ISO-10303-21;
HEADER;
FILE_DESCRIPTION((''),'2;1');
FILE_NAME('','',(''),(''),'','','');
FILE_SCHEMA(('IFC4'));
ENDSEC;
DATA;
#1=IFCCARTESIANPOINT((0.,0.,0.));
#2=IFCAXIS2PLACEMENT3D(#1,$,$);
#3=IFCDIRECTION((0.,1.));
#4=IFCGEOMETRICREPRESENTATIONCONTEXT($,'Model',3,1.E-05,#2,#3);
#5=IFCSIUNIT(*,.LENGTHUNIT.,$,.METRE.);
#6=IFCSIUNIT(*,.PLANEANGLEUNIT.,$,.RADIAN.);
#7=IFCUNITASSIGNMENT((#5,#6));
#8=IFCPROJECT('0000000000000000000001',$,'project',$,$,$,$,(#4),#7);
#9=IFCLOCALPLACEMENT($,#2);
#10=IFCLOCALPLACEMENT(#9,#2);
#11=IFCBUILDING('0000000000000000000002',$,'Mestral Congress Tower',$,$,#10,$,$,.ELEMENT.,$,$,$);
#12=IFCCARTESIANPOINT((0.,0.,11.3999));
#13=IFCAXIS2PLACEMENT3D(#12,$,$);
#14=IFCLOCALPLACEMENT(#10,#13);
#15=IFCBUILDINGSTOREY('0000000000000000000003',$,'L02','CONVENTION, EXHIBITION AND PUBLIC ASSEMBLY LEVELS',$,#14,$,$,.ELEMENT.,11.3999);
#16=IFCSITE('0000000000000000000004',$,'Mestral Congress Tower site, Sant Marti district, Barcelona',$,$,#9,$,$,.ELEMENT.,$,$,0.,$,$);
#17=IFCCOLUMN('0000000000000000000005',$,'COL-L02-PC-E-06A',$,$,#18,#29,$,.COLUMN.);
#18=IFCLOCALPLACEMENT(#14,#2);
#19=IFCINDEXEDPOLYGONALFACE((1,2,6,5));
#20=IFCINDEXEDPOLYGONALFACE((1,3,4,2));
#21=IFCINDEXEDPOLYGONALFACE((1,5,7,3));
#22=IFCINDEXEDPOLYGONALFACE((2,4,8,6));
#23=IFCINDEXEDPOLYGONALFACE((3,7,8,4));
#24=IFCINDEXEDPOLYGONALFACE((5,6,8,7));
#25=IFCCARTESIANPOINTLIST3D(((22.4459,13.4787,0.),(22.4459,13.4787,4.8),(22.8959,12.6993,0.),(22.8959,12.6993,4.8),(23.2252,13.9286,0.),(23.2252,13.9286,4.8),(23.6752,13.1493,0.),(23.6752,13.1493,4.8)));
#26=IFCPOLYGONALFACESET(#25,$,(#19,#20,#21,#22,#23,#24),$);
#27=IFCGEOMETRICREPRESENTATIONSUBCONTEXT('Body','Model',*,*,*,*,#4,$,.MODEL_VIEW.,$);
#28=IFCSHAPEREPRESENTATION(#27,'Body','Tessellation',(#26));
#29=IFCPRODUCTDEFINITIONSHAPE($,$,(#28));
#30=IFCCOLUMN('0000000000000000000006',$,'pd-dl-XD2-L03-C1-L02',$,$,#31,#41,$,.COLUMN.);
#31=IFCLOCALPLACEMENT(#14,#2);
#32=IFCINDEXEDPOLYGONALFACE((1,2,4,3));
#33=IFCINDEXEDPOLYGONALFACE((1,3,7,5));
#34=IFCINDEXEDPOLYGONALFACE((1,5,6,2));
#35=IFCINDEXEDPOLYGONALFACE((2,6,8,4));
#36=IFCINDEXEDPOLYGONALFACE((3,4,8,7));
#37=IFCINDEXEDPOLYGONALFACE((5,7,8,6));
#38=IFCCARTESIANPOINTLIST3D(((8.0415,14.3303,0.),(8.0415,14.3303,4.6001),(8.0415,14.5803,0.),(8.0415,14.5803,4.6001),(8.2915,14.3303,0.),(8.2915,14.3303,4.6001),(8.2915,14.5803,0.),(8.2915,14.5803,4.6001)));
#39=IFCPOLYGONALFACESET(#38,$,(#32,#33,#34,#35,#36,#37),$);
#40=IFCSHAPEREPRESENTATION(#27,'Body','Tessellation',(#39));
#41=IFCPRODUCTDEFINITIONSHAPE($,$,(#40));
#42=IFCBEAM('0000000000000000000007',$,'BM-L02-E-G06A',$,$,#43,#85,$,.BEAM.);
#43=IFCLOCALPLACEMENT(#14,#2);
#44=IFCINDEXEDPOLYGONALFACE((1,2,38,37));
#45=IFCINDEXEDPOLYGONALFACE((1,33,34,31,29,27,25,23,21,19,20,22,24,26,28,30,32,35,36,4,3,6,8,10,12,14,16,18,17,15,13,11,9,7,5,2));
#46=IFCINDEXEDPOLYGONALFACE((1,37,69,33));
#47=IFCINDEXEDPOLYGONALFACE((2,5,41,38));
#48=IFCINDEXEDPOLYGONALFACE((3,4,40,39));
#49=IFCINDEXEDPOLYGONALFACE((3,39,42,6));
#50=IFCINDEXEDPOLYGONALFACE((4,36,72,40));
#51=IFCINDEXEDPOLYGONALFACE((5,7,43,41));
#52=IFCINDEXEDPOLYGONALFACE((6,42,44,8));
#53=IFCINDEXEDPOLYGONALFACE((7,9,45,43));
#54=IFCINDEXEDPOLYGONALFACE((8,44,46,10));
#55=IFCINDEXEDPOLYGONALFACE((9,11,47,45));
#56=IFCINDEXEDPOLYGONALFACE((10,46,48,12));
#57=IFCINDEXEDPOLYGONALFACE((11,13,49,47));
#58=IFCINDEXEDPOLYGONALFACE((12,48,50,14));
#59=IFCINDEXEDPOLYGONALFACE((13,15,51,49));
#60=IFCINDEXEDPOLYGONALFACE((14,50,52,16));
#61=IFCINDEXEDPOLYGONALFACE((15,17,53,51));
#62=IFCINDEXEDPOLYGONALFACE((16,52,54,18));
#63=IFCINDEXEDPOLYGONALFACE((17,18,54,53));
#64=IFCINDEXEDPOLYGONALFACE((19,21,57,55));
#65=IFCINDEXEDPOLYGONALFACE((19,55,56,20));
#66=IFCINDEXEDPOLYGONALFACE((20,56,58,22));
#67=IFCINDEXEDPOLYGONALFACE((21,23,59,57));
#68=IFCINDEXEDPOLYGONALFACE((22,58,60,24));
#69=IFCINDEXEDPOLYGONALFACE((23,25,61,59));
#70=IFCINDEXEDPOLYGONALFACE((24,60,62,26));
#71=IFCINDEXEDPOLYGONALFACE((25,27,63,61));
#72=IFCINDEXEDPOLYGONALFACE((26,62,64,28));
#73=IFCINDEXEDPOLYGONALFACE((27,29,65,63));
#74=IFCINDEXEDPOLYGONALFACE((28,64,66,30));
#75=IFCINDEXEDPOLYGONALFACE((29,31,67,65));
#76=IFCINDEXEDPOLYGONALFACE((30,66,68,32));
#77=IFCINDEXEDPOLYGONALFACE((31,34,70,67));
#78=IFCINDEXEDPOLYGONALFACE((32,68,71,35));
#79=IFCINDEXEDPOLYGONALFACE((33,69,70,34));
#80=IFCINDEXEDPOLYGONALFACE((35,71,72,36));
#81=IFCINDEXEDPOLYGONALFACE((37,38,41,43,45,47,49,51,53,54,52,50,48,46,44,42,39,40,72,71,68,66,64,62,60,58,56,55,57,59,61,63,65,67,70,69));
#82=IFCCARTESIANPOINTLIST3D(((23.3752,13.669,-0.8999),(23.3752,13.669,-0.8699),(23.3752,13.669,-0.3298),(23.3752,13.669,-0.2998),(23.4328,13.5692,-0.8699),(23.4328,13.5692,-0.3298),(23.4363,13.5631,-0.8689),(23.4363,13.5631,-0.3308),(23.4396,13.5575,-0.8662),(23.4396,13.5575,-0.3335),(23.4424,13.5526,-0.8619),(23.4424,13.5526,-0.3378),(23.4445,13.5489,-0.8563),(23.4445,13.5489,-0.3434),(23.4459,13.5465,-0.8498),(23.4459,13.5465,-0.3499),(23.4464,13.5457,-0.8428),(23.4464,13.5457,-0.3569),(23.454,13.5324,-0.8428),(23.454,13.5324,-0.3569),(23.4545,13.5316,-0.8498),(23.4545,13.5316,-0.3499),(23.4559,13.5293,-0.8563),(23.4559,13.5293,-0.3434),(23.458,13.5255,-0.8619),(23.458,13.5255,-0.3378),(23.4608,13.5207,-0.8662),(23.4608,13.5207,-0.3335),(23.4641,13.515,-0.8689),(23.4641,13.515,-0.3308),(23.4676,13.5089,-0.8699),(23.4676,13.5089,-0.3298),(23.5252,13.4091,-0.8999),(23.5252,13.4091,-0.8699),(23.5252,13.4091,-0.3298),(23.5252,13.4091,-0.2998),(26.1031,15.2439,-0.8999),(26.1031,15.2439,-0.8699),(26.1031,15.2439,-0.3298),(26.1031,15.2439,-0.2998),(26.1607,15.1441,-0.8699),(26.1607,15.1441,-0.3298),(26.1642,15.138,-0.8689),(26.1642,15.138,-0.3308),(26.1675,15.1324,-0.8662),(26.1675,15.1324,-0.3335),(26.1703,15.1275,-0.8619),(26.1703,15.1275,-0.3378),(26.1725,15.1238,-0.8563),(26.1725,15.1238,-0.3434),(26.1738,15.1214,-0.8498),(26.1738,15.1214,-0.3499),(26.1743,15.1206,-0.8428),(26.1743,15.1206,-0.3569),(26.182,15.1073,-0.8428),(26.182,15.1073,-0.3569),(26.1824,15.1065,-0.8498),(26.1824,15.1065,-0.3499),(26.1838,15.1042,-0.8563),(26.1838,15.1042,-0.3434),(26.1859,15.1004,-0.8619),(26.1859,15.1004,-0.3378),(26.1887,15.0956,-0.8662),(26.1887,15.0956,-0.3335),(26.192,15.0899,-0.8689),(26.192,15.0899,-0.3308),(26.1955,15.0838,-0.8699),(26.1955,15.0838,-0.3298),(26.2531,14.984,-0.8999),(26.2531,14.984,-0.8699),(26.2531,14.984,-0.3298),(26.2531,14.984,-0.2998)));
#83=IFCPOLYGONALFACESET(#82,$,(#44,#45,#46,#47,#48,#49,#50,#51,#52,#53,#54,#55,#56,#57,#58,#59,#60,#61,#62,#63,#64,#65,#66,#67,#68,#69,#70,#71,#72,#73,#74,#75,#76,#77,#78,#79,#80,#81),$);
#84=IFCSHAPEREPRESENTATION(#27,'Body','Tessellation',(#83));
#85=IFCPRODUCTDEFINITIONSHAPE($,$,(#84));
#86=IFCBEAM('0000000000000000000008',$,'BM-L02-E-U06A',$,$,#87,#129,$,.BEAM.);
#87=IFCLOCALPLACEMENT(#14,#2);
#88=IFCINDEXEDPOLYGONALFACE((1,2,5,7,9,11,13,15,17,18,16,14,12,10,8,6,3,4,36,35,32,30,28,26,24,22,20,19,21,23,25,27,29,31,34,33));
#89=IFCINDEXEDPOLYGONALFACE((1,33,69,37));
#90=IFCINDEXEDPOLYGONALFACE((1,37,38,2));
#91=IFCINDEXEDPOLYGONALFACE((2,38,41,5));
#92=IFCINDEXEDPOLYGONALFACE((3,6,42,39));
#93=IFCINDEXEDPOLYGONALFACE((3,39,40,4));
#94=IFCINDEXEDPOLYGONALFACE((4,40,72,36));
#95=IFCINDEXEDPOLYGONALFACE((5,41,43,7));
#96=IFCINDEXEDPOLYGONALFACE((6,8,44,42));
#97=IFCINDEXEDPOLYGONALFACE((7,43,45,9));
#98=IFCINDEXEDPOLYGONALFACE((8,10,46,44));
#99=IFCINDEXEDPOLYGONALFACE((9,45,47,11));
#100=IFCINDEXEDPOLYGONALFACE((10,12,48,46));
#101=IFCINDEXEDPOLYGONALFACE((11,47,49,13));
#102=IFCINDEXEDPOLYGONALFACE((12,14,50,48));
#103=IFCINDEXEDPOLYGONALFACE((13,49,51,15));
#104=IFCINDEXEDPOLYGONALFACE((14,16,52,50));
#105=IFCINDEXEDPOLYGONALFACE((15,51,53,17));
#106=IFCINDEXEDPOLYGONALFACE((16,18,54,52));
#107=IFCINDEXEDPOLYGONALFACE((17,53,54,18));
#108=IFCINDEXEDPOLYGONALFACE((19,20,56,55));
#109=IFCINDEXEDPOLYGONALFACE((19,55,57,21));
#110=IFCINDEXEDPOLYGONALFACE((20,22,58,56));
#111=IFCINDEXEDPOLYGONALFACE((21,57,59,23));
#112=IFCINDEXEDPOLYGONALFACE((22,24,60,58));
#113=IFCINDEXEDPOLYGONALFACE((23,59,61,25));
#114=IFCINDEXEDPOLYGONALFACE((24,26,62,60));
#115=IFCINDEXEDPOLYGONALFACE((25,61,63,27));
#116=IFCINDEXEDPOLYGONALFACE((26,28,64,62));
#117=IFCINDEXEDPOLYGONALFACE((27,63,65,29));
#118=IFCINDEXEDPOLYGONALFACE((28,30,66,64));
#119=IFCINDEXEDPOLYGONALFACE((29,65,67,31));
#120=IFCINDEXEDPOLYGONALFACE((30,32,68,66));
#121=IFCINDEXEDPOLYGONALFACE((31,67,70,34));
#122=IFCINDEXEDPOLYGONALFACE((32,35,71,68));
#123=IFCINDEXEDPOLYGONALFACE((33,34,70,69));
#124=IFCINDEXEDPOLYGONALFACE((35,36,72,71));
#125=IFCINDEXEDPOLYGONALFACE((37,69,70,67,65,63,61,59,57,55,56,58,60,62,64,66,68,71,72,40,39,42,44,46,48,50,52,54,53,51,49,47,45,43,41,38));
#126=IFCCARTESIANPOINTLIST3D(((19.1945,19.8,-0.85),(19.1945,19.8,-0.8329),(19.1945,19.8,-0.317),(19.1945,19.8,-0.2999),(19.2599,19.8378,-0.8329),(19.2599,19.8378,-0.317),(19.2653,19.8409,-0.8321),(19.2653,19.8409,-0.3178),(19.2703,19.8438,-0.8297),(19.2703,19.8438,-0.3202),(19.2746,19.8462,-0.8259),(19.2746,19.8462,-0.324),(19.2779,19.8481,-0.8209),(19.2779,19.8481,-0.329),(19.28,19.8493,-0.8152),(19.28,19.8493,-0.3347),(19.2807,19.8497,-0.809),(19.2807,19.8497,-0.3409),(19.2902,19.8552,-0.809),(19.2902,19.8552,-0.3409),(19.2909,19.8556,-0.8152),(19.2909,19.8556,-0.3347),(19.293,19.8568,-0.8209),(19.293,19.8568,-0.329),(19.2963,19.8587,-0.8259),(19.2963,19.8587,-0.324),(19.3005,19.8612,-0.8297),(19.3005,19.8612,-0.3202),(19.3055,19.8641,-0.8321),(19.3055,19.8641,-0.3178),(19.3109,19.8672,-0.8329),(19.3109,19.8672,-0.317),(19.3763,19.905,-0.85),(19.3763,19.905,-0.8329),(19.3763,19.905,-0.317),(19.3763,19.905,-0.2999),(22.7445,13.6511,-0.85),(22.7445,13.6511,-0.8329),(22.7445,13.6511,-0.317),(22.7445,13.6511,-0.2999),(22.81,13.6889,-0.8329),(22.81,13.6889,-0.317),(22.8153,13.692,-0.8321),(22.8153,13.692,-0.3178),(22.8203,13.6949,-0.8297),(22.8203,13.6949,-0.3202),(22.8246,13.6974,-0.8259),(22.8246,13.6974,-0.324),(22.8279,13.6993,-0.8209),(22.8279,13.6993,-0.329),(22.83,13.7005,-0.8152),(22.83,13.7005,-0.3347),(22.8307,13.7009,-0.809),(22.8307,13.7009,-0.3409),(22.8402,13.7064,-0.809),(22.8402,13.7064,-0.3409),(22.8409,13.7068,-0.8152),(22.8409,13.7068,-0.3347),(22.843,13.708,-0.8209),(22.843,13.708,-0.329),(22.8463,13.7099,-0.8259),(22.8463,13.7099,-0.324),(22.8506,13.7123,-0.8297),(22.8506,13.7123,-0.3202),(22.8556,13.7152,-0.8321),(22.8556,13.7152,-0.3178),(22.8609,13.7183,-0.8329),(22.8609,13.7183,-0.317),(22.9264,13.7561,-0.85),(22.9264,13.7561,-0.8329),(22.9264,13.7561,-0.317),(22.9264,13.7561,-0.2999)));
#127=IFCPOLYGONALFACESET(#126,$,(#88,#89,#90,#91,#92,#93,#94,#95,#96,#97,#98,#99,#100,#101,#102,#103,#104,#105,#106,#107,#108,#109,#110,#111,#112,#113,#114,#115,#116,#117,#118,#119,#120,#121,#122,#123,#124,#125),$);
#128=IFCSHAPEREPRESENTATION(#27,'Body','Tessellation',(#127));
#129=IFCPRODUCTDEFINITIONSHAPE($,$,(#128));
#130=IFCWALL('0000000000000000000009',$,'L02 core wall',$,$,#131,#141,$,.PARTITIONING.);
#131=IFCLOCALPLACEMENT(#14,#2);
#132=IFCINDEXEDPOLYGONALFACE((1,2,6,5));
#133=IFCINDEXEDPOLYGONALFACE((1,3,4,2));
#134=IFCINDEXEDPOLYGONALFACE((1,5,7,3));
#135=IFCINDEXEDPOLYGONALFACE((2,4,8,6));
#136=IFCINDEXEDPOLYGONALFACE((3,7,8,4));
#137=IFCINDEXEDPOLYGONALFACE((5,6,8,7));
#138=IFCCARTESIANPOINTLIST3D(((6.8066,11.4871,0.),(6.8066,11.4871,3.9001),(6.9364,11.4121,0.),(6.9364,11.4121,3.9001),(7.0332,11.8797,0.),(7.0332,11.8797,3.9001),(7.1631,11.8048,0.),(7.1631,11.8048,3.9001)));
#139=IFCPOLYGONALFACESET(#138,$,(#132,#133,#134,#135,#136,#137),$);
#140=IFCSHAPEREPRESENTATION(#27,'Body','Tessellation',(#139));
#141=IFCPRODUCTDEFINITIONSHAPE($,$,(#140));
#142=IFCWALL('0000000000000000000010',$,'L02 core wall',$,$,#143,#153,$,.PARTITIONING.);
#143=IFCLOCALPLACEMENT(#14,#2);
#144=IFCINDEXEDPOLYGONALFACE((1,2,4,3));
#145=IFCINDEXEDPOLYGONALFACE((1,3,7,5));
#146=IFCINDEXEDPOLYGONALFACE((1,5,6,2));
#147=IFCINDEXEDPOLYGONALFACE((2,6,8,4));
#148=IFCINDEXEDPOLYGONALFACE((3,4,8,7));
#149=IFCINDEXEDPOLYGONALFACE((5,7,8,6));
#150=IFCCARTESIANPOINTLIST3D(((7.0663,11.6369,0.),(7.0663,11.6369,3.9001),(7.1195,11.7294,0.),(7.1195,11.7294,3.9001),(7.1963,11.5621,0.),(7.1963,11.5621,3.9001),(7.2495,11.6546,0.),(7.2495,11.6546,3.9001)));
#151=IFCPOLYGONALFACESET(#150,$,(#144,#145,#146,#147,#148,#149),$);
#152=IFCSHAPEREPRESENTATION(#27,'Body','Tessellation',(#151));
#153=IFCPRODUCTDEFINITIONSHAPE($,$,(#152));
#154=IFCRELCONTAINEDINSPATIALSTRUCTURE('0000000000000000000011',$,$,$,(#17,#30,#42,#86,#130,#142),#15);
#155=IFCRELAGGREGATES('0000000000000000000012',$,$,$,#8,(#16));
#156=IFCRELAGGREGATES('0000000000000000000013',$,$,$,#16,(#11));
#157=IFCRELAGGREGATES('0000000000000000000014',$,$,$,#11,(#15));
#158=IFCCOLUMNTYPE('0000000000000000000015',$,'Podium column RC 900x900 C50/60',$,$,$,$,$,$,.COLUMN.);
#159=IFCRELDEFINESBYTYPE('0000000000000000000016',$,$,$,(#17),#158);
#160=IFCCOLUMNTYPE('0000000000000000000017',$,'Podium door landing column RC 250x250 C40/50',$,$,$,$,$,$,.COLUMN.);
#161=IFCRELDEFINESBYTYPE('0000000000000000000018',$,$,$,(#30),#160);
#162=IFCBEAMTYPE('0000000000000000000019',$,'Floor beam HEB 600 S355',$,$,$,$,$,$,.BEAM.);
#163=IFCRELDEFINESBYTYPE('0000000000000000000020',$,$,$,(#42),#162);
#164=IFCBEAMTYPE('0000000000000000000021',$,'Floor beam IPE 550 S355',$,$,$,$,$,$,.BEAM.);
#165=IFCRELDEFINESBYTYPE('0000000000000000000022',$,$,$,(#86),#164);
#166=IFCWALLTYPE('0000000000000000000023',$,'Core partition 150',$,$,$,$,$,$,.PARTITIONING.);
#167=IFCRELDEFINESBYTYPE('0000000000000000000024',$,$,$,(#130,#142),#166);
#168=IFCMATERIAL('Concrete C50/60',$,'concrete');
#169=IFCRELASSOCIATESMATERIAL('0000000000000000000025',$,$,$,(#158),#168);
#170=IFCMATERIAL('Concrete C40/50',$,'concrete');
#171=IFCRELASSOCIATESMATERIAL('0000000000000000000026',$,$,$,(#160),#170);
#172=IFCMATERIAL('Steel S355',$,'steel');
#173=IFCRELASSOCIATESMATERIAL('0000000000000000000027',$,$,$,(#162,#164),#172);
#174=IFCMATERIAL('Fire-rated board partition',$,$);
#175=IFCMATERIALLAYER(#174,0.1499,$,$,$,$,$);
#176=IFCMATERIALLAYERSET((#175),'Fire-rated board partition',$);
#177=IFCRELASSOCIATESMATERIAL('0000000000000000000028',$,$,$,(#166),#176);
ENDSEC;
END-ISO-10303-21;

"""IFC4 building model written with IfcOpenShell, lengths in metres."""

from ifc_helpers import new_model, si_unit, direction, frame, frame_2d, origin, origin_2d, place, context, subcontext, project, spatial, rectangle, i_section, extrude, material, layer, layer_set, material_profile, profile_set, type_object, element, save


model = new_model("IFC4")

# Units and contexts
model_context = context("Model", 3, precision=1e-05, world=origin(), true_north=direction((0.0, 1.0)))
body_context = subcontext(model_context, "Body", "Model", "MODEL_VIEW")
ifc_project = project(units=[si_unit("LENGTHUNIT", "METRE"), si_unit("PLANEANGLEUNIT", "RADIAN")], contexts=[model_context])

# Site, building, storey
site_placement = place(None, origin())
site = spatial("IfcSite", under=ifc_project, at=site_placement, Name="Mestral Congress Tower site, Sant Marti district, Barcelona", CompositionType="ELEMENT", RefElevation=0.0)
building_placement = place(site_placement, origin())
building = spatial("IfcBuilding", under=site, at=building_placement, Name="Mestral Congress Tower", CompositionType="ELEMENT")
storey_placement = place(building_placement, frame((0.0, 0.0, 11.3999)))
storey = spatial("IfcBuildingStorey", under=building, at=storey_placement, Name="L02", Description="CONVENTION, EXHIBITION AND PUBLIC ASSEMBLY LEVELS", CompositionType="ELEMENT", Elevation=11.3999)

# Columns
ifc_material_1 = material(Name="Concrete C50/60", Category="concrete")
ifc_material_profile_1 = material_profile(ifc_material_1, rectangle(XDim=0.8999, YDim=0.8999, at=origin_2d()), Name="RC 900x900")
ifc_profile_set_1 = profile_set([ifc_material_profile_1], Name="Concrete C50/60")
column_type_1 = type_object("IfcColumnType", Name="Podium column RC 900x900 C50/60", PredefinedType="COLUMN", material=ifc_profile_set_1)
column_1_placement = place(storey_placement, frame((23.0605, 13.314, 0.0), z_axis=(0.0, 0.0, 1.0), x_axis=(-0.5, 0.866025, 0.0)))
element("IfcColumn", 1, at=column_1_placement, inside=storey, type_object=column_type_1, Name="COL-L02-PC-E-06A", PredefinedType="COLUMN", context=body_context, shape_type="SweptSolid", body=[
    extrude(rectangle(XDim=0.8999, YDim=0.8999, at=origin_2d()), origin(), (0.0, 0.0, 1.0), 4.8),
])
ifc_material_2 = material(Name="Concrete C40/50", Category="concrete")
ifc_material_profile_2 = material_profile(ifc_material_2, rectangle(XDim=0.25, YDim=0.25, at=origin_2d()), Name="RC 250x250")
ifc_profile_set_2 = profile_set([ifc_material_profile_2], Name="Concrete C40/50")
column_type_2 = type_object("IfcColumnType", Name="Podium door landing column RC 250x250 C40/50", PredefinedType="COLUMN", material=ifc_profile_set_2)
column_2_placement = place(storey_placement, frame((8.1665, 14.4553, 0.0), z_axis=(0.0, 0.0, 1.0), x_axis=(1.0, 0.0, 0.0)))
element("IfcColumn", 2, at=column_2_placement, inside=storey, type_object=column_type_2, Name="pd-dl-XD2-L03-C1-L02", PredefinedType="COLUMN", context=body_context, shape_type="SweptSolid", body=[
    extrude(rectangle(XDim=0.25, YDim=0.25, at=origin_2d()), origin(), (0.0, 0.0, 1.0), 4.6001),
])

# Beams
ifc_material_3 = material(Name="Steel S355", Category="steel")
ifc_material_profile_3 = material_profile(ifc_material_3, i_section(OverallWidth=0.3, OverallDepth=0.6001, WebThickness=0.0154, FlangeThickness=0.03, FilletRadius=0.0271, at=origin_2d()), Name="HEB 600")
ifc_profile_set_3 = profile_set([ifc_material_profile_3], Name="Steel S355")
beam_type_1 = type_object("IfcBeamType", Name="Floor beam HEB 600 S355", PredefinedType="BEAM", material=ifc_profile_set_3)
beam_1_placement = place(storey_placement, frame((23.4502, 13.5391, -0.5999), z_axis=(0.866036, 0.499982, 0.0), x_axis=(-0.499982, 0.866036, 0.0)))
element("IfcBeam", 3, at=beam_1_placement, inside=storey, type_object=beam_type_1, Name="BM-L02-E-G06A", PredefinedType="BEAM", context=body_context, shape_type="SweptSolid", body=[
    extrude(i_section(OverallWidth=0.3, OverallDepth=0.6001, WebThickness=0.0154, FlangeThickness=0.03, FilletRadius=0.0271, at=origin_2d()), origin(), (0.0, 0.0, 1.0), 3.1499),
])
ifc_material_profile_4 = material_profile(ifc_material_3, i_section(OverallWidth=0.21, OverallDepth=0.55, WebThickness=0.011, FlangeThickness=0.0171, FilletRadius=0.0239, at=origin_2d()), Name="IPE 550")
ifc_profile_set_4 = profile_set([ifc_material_profile_4], Name="Steel S355")
beam_type_2 = type_object("IfcBeamType", Name="Floor beam IPE 550 S355", PredefinedType="BEAM", material=ifc_profile_set_4)
beam_2_placement = place(storey_placement, frame((22.8354, 13.7036, -0.575), z_axis=(-0.499996, 0.866028, 0.0), x_axis=(-0.866028, -0.499996, 0.0)))
element("IfcBeam", 4, at=beam_2_placement, inside=storey, type_object=beam_type_2, Name="BM-L02-E-U06A", PredefinedType="BEAM", context=body_context, shape_type="SweptSolid", body=[
    extrude(i_section(OverallWidth=0.21, OverallDepth=0.55, WebThickness=0.011, FlangeThickness=0.0171, FilletRadius=0.0239, at=origin_2d()), origin(), (0.0, 0.0, 1.0), 7.1001),
])

# Walls
ifc_material_4 = material(Name="Fire-rated board partition")
ifc_layer_1 = layer(ifc_material_4, 0.1499)
ifc_layer_set_1 = layer_set([ifc_layer_1], Name="Fire-rated board partition")
wall_type_1 = type_object("IfcWallType", Name="Core partition 150", PredefinedType="PARTITIONING", material=ifc_layer_set_1)
wall_1_placement = place(storey_placement, frame((6.8716, 11.4497, 0.0), z_axis=(0.0, 0.0, 1.0), x_axis=(0.499847, 0.866114, 0.0)))
element("IfcWall", 5, at=wall_1_placement, inside=storey, type_object=wall_type_1, Name="L02 core wall", PredefinedType="PARTITIONING", context=body_context, shape_type="SweptSolid", body=[
    extrude(rectangle(XDim=0.4534, YDim=0.1499, at=frame_2d((0.2266, 0.0))), origin(), (0.0, 0.0, 1.0), 3.9001),
])
wall_2_placement = place(storey_placement, frame((7.1313, 11.5996, 0.0), z_axis=(0.0, 0.0, 1.0), x_axis=(0.4986, 0.866832, 0.0)))
element("IfcWall", 6, at=wall_2_placement, inside=storey, type_object=wall_type_1, Name="L02 core wall", PredefinedType="PARTITIONING", context=body_context, shape_type="SweptSolid", body=[
    extrude(rectangle(XDim=0.1067, YDim=0.1499, at=frame_2d((0.0532, 0.0))), origin(), (0.0, 0.0, 1.0), 3.9001),
])

save(model, "model.ifc")
